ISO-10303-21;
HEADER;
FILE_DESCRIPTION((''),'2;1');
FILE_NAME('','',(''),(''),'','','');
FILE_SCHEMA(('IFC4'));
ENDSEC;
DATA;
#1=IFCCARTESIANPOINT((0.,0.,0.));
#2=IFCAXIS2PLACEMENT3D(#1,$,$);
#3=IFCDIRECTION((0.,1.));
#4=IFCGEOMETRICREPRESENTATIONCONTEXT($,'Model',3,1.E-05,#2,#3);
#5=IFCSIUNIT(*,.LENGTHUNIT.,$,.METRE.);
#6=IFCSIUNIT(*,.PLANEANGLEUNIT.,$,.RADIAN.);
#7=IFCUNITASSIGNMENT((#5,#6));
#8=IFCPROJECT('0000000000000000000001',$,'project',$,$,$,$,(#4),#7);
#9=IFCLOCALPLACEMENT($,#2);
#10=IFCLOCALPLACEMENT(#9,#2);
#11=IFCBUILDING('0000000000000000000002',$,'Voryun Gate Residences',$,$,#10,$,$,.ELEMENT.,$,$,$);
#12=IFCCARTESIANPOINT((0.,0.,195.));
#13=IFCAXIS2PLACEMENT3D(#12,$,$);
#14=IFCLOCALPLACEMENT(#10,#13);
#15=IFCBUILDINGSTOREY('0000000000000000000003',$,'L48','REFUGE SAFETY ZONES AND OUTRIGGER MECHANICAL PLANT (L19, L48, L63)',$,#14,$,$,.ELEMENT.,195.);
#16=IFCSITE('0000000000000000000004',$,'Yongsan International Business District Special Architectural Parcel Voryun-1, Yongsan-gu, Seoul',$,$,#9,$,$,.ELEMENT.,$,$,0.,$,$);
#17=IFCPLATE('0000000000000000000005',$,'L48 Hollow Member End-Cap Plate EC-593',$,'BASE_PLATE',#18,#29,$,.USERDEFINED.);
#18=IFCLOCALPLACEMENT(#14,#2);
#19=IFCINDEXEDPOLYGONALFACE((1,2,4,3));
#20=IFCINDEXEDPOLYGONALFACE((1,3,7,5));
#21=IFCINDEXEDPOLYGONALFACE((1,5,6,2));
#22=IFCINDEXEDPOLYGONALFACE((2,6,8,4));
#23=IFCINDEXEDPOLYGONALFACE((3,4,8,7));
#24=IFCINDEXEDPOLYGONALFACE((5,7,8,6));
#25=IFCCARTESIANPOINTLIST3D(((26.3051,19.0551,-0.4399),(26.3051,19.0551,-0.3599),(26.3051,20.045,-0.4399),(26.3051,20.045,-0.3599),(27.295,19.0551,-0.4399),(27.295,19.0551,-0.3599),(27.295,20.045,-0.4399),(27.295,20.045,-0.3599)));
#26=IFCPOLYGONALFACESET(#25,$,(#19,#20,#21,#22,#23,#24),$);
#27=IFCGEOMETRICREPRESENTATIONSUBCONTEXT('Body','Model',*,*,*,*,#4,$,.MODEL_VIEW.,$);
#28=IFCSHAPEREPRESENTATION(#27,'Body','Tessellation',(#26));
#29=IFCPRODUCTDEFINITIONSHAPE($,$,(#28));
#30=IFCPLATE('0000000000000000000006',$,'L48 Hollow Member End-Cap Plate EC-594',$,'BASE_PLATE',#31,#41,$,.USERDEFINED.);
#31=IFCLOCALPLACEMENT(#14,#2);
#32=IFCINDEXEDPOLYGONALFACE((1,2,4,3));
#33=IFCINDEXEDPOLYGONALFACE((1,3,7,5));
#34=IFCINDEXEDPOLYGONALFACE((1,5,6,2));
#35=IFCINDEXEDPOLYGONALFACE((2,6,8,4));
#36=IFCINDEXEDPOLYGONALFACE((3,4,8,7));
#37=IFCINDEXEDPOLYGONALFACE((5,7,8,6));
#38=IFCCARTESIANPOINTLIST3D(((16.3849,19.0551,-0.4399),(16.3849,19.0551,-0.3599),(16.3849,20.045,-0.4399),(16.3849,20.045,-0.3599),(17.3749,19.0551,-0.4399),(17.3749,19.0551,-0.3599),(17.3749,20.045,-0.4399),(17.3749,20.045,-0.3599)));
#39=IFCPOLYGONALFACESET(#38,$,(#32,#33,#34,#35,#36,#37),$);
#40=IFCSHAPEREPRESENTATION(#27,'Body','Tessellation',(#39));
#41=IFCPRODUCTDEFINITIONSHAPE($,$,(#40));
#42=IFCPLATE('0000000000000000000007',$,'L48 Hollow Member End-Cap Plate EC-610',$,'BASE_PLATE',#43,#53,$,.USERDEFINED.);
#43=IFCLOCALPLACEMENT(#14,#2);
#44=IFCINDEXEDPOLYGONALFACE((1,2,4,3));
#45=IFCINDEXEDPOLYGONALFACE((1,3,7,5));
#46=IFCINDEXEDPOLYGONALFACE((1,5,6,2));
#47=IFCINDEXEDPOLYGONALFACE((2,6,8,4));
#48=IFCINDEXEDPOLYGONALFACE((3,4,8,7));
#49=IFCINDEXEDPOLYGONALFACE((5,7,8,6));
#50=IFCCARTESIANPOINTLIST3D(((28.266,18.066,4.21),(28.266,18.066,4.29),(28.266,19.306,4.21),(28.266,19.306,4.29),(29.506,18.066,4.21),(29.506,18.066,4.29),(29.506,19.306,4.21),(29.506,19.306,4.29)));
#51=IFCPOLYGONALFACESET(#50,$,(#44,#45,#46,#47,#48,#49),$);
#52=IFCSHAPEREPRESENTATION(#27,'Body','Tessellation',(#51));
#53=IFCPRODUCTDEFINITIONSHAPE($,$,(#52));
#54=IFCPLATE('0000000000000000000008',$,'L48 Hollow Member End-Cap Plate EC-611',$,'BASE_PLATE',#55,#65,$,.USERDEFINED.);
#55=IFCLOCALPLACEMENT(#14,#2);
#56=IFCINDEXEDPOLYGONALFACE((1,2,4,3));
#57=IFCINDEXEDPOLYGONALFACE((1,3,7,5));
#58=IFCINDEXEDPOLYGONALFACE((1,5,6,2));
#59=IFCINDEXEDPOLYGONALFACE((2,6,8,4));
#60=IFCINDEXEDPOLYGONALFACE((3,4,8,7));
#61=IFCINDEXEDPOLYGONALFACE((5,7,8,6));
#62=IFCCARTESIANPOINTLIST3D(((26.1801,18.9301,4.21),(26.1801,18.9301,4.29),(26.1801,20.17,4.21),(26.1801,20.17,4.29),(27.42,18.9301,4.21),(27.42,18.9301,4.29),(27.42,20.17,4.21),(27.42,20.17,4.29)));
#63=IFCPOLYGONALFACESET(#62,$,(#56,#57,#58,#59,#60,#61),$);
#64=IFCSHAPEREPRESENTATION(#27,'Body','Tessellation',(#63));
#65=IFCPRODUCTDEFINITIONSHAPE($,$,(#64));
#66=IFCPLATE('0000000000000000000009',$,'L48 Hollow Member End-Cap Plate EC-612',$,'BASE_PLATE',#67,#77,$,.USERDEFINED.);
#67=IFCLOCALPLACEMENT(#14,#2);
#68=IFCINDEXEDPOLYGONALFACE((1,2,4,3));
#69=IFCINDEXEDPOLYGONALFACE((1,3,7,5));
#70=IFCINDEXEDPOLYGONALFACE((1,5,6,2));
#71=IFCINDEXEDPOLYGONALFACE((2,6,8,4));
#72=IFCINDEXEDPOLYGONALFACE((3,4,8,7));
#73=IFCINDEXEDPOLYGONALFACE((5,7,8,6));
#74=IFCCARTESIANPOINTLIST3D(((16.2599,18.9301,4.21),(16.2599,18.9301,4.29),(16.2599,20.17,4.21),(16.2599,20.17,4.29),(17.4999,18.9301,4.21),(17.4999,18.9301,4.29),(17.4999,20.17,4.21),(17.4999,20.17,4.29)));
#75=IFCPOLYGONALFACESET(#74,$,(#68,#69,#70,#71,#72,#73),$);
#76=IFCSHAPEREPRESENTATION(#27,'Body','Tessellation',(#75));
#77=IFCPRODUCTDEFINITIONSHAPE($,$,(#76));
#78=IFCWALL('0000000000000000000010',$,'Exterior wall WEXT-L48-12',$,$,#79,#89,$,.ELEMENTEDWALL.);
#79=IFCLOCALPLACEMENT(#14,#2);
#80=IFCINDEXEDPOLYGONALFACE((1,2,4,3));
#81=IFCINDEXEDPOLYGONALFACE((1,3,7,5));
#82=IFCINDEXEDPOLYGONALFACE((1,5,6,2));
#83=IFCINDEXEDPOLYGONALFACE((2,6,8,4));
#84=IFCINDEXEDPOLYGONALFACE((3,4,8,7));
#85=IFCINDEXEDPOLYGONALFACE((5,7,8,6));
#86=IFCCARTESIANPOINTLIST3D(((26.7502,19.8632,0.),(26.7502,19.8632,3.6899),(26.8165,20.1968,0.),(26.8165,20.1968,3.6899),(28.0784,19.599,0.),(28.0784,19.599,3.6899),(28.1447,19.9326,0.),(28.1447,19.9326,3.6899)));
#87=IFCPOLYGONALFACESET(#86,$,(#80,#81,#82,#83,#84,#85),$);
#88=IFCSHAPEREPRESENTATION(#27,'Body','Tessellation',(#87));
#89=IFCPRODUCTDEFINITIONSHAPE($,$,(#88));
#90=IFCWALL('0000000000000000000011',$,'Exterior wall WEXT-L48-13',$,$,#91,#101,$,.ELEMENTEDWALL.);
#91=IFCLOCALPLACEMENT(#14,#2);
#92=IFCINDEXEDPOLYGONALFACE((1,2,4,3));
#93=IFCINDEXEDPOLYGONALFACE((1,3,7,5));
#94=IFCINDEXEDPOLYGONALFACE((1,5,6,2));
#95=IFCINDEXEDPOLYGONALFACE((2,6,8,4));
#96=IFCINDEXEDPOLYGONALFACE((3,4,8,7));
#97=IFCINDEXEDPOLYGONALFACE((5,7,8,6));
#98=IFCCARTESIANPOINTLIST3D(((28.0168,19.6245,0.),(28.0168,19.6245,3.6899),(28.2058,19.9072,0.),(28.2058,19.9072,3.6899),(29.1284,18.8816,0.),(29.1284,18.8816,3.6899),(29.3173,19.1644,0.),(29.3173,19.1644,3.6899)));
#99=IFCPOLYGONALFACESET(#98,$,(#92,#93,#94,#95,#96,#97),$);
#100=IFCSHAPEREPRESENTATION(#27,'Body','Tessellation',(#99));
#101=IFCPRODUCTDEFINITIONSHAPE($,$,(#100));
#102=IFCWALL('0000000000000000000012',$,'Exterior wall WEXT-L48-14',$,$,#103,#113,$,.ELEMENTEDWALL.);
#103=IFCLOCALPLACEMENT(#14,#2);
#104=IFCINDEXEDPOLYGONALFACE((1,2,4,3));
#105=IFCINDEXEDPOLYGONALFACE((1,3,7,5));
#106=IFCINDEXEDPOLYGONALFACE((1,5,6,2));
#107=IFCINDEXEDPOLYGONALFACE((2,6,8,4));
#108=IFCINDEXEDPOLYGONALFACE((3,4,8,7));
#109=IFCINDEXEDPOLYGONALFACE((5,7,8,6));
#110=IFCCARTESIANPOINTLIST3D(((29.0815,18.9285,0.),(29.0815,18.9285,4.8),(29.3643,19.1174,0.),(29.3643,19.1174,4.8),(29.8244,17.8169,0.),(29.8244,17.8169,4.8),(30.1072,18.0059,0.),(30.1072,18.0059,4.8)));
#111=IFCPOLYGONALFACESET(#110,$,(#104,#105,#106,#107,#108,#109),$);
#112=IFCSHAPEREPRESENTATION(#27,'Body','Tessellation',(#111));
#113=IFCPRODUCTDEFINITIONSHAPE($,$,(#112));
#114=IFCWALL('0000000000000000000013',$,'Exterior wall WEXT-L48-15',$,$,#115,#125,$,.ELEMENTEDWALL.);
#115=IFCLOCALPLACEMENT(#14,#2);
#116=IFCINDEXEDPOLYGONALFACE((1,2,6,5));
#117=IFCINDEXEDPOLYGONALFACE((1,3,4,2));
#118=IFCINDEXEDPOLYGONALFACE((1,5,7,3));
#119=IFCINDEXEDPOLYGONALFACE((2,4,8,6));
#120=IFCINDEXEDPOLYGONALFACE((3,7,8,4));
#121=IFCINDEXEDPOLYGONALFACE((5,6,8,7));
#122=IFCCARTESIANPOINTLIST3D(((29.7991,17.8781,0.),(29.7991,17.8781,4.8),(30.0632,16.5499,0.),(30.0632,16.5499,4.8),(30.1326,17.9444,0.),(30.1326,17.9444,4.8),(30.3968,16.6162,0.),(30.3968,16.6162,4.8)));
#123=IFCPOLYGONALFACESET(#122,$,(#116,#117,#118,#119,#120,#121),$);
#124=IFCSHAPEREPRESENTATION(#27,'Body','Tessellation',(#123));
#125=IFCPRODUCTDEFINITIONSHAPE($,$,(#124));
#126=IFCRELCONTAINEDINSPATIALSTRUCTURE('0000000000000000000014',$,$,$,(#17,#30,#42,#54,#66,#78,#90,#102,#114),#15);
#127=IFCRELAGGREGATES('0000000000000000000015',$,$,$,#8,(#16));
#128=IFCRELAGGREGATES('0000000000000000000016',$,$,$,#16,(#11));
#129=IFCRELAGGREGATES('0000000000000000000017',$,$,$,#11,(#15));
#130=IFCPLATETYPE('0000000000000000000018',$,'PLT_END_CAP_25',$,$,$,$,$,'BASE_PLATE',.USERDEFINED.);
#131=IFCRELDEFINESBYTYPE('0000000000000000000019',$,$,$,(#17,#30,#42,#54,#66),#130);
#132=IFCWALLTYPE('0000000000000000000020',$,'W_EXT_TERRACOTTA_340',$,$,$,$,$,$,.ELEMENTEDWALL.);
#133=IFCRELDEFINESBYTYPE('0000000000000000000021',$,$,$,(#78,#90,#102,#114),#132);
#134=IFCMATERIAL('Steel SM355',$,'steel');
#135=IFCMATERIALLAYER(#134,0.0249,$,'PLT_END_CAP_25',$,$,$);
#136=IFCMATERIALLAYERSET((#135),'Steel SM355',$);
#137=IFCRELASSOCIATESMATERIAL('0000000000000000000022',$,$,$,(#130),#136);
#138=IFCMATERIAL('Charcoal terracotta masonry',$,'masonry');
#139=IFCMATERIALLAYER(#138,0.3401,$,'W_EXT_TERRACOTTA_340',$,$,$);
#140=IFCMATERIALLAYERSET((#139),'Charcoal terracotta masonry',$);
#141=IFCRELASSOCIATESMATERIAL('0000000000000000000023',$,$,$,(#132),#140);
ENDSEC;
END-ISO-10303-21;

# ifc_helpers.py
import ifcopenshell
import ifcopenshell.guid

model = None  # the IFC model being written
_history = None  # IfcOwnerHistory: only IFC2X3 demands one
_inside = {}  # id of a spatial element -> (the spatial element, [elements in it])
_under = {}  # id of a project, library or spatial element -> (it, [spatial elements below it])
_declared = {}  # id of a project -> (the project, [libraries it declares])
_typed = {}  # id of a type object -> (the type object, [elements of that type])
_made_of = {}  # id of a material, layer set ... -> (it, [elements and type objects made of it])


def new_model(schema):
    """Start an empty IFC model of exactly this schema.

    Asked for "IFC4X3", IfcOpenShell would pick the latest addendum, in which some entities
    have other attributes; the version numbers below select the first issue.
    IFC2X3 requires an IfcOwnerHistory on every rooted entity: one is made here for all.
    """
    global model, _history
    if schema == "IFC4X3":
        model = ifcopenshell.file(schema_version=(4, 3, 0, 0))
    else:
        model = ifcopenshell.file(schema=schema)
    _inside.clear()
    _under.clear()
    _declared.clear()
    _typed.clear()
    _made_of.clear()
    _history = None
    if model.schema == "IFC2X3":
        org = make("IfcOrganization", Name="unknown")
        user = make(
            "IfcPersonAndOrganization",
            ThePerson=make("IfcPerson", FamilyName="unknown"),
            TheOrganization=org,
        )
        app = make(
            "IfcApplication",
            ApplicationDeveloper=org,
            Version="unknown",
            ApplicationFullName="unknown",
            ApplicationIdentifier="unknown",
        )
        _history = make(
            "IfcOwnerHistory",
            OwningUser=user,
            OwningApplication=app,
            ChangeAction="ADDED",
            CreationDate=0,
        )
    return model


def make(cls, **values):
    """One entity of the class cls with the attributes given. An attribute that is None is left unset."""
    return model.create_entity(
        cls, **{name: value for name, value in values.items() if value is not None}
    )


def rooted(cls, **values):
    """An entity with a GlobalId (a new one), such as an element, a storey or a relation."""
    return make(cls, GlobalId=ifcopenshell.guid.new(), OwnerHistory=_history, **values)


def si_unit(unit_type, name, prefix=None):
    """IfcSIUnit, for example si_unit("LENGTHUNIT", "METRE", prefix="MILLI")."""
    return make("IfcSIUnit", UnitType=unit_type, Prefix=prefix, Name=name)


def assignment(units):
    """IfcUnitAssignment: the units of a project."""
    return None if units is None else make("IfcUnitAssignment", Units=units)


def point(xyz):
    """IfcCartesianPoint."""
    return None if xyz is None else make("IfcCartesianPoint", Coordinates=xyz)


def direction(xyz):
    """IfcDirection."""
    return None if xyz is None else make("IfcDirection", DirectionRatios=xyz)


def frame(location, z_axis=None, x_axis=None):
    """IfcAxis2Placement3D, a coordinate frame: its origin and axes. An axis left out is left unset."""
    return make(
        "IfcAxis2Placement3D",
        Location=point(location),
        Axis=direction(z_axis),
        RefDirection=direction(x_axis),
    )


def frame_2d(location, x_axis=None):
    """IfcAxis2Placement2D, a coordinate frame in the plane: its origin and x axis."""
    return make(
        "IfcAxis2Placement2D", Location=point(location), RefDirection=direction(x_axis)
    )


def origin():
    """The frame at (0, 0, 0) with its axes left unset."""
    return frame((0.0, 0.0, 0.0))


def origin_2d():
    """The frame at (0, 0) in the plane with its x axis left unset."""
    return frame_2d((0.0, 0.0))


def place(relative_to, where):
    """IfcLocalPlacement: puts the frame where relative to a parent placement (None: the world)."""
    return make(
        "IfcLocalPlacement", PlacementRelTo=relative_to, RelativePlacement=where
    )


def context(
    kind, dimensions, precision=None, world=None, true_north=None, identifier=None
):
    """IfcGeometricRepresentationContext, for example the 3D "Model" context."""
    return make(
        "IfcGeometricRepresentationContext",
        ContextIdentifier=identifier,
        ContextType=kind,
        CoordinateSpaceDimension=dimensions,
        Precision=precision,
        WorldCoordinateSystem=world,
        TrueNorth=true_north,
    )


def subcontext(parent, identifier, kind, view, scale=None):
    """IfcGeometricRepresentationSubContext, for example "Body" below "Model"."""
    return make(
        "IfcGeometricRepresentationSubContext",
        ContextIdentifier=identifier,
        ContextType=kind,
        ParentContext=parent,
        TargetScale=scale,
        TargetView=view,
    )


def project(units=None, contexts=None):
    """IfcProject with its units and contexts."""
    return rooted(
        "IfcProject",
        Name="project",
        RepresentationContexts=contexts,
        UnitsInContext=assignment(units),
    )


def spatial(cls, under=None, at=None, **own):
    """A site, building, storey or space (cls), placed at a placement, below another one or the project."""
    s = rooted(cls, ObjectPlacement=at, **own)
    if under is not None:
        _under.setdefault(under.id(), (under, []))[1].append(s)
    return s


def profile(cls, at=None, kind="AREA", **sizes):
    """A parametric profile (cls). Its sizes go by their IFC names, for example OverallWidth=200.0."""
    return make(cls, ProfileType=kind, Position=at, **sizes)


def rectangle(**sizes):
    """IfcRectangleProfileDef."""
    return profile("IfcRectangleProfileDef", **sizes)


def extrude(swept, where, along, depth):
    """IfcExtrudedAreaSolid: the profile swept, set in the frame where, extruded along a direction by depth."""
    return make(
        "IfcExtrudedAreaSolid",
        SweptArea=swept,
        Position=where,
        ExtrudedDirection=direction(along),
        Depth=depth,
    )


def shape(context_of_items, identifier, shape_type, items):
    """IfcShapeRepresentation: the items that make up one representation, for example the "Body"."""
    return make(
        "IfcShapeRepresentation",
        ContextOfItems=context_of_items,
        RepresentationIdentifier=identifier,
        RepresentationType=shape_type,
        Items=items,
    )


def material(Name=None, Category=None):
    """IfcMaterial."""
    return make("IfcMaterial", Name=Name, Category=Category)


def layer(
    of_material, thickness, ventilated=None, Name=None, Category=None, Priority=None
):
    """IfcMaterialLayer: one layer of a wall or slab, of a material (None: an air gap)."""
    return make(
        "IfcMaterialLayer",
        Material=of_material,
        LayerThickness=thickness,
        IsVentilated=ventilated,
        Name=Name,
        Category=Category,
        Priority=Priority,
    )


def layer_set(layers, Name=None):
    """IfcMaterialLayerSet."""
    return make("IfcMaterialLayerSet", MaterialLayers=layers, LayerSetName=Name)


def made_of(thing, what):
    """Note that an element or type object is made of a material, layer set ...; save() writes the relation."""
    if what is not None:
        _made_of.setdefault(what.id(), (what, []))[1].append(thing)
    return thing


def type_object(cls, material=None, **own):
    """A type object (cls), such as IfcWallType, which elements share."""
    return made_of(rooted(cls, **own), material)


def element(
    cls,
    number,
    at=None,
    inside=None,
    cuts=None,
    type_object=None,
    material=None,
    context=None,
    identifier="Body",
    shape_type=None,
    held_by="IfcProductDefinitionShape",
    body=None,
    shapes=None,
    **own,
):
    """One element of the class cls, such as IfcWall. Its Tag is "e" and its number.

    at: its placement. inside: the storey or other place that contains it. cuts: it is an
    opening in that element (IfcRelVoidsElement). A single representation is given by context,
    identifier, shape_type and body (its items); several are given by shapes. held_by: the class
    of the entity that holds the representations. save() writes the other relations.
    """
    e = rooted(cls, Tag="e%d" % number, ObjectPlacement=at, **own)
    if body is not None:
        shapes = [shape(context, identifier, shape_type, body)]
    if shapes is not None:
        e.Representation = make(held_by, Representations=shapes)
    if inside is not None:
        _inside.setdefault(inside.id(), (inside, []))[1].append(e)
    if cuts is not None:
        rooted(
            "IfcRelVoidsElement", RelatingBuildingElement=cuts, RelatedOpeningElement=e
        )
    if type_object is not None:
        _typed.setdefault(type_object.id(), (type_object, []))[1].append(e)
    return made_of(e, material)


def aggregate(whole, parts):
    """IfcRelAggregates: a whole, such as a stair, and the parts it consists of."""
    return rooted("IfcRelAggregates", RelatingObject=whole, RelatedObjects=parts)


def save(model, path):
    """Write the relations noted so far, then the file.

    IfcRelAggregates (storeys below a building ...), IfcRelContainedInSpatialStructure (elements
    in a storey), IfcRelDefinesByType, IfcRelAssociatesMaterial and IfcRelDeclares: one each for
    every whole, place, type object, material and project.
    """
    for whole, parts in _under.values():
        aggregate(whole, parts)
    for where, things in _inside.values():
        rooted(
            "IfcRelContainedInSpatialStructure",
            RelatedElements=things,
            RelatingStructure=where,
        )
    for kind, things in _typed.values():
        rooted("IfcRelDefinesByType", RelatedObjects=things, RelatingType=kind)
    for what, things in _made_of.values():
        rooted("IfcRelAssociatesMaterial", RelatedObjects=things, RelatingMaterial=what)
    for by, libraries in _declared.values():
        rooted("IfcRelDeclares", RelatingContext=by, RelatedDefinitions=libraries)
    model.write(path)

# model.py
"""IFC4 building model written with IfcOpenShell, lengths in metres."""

from ifc_helpers import new_model, si_unit, direction, frame, frame_2d, origin, origin_2d, place, context, subcontext, project, spatial, rectangle, extrude, material, layer, layer_set, type_object, element, save


model = new_model("IFC4")

# Units and contexts
model_context = context("Model", 3, precision=1e-05, world=origin(), true_north=direction((0.0, 1.0)))
body_context = subcontext(model_context, "Body", "Model", "MODEL_VIEW")
ifc_project = project(units=[si_unit("LENGTHUNIT", "METRE"), si_unit("PLANEANGLEUNIT", "RADIAN")], contexts=[model_context])

# Site, building, storey
site_placement = place(None, origin())
site = spatial("IfcSite", under=ifc_project, at=site_placement, Name="Yongsan International Business District Special Architectural Parcel Voryun-1, Yongsan-gu, Seoul", CompositionType="ELEMENT", RefElevation=0.0)
building_placement = place(site_placement, origin())
building = spatial("IfcBuilding", under=site, at=building_placement, Name="Voryun Gate Residences", CompositionType="ELEMENT")
storey_placement = place(building_placement, frame((0.0, 0.0, 195.0)))
storey = spatial("IfcBuildingStorey", under=building, at=storey_placement, Name="L48", Description="REFUGE SAFETY ZONES AND OUTRIGGER MECHANICAL PLANT (L19, L48, L63)", CompositionType="ELEMENT", Elevation=195.0)

# Plates
ifc_material_1 = material(Name="Steel SM355", Category="steel")
ifc_layer_1 = layer(ifc_material_1, 0.0249, Name="PLT_END_CAP_25")
ifc_layer_set_1 = layer_set([ifc_layer_1], Name="Steel SM355")
plate_type = type_object("IfcPlateType", Name="PLT_END_CAP_25", ElementType="BASE_PLATE", PredefinedType="USERDEFINED", material=ifc_layer_set_1)
for number, where, z_axis, x_axis, name in (
    (1, (26.8, 19.55, -0.4399), (0.0, 0.0, 1.0), (1.0, 0.0, 0.0), "L48 Hollow Member End-Cap Plate EC-593"),
    (2, (16.8799, 19.55, -0.4399), (0.0, 0.0, 1.0), (1.0, 0.0, 0.0), "L48 Hollow Member End-Cap Plate EC-594"),
):
    element("IfcPlate", number, at=place(storey_placement, frame(where, z_axis=z_axis, x_axis=x_axis)), inside=storey, type_object=plate_type, Name=name, ObjectType="BASE_PLATE", PredefinedType="USERDEFINED", context=body_context, shape_type="SweptSolid", body=[
        extrude(rectangle(XDim=0.99, YDim=0.99, at=origin_2d()), origin(), (0.0, 0.0, 1.0), 0.0801),
    ])
for number, where, z_axis, x_axis, name in (
    (3, (28.886, 18.686, 4.21), (0.0, 0.0, 1.0), (1.0, 0.0, 0.0), "L48 Hollow Member End-Cap Plate EC-610"),
    (4, (26.8, 19.55, 4.21), (0.0, 0.0, 1.0), (1.0, 0.0, 0.0), "L48 Hollow Member End-Cap Plate EC-611"),
    (5, (16.8799, 19.55, 4.21), (0.0, 0.0, 1.0), (1.0, 0.0, 0.0), "L48 Hollow Member End-Cap Plate EC-612"),
):
    element("IfcPlate", number, at=place(storey_placement, frame(where, z_axis=z_axis, x_axis=x_axis)), inside=storey, type_object=plate_type, Name=name, ObjectType="BASE_PLATE", PredefinedType="USERDEFINED", context=body_context, shape_type="SweptSolid", body=[
        extrude(rectangle(XDim=1.24, YDim=1.24, at=origin_2d()), origin(), (0.0, 0.0, 1.0), 0.0801),
    ])

# Walls
ifc_material_2 = material(Name="Charcoal terracotta masonry", Category="masonry")
ifc_layer_2 = layer(ifc_material_2, 0.3401, Name="W_EXT_TERRACOTTA_340")
ifc_layer_set_2 = layer_set([ifc_layer_2], Name="Charcoal terracotta masonry")
wall_type_1 = type_object("IfcWallType", Name="W_EXT_TERRACOTTA_340", PredefinedType="ELEMENTEDWALL", material=ifc_layer_set_2)
wall_1_placement = place(storey_placement, frame((26.7832, 20.03, 0.0), z_axis=(0.0, 0.0, 1.0), x_axis=(0.980788, -0.195076, 0.0)))
element("IfcWall", 6, at=wall_1_placement, inside=storey, type_object=wall_type_1, Name="Exterior wall WEXT-L48-12", PredefinedType="ELEMENTEDWALL", context=body_context, shape_type="SweptSolid", body=[
    extrude(rectangle(XDim=1.3542, YDim=0.3401, at=frame_2d((0.6772, 0.0))), origin(), (0.0, 0.0, 1.0), 3.6899),
])
wall_2_placement = place(storey_placement, frame((28.1113, 19.7659, 0.0), z_axis=(0.0, 0.0, 1.0), x_axis=(0.831404, -0.555669, 0.0)))
element("IfcWall", 7, at=wall_2_placement, inside=storey, type_object=wall_type_1, Name="Exterior wall WEXT-L48-13", PredefinedType="ELEMENTEDWALL", context=body_context, shape_type="SweptSolid", body=[
    extrude(rectangle(XDim=1.3369, YDim=0.3401, at=frame_2d((0.6685, 0.0))), origin(), (0.0, 0.0, 1.0), 3.6899),
])
wall_3_placement = place(storey_placement, frame((29.2229, 19.0229, 0.0), z_axis=(0.0, 0.0, 1.0), x_axis=(0.555669, -0.831404, 0.0)))
element("IfcWall", 8, at=wall_3_placement, inside=storey, type_object=wall_type_1, Name="Exterior wall WEXT-L48-14", PredefinedType="ELEMENTEDWALL", context=body_context, shape_type="SweptSolid", body=[
    extrude(rectangle(XDim=1.3369, YDim=0.3401, at=frame_2d((0.6685, 0.0))), origin(), (0.0, 0.0, 1.0), 4.8),
])
wall_4_placement = place(storey_placement, frame((29.9658, 17.9114, 0.0), z_axis=(0.0, 0.0, 1.0), x_axis=(0.195076, -0.980788, 0.0)))
element("IfcWall", 9, at=wall_4_placement, inside=storey, type_object=wall_type_1, Name="Exterior wall WEXT-L48-15", PredefinedType="ELEMENTEDWALL", context=body_context, shape_type="SweptSolid", body=[
    extrude(rectangle(XDim=1.3542, YDim=0.3401, at=frame_2d((0.6772, 0.0))), origin(), (0.0, 0.0, 1.0), 4.8),
])

save(model, "model.ifc")
